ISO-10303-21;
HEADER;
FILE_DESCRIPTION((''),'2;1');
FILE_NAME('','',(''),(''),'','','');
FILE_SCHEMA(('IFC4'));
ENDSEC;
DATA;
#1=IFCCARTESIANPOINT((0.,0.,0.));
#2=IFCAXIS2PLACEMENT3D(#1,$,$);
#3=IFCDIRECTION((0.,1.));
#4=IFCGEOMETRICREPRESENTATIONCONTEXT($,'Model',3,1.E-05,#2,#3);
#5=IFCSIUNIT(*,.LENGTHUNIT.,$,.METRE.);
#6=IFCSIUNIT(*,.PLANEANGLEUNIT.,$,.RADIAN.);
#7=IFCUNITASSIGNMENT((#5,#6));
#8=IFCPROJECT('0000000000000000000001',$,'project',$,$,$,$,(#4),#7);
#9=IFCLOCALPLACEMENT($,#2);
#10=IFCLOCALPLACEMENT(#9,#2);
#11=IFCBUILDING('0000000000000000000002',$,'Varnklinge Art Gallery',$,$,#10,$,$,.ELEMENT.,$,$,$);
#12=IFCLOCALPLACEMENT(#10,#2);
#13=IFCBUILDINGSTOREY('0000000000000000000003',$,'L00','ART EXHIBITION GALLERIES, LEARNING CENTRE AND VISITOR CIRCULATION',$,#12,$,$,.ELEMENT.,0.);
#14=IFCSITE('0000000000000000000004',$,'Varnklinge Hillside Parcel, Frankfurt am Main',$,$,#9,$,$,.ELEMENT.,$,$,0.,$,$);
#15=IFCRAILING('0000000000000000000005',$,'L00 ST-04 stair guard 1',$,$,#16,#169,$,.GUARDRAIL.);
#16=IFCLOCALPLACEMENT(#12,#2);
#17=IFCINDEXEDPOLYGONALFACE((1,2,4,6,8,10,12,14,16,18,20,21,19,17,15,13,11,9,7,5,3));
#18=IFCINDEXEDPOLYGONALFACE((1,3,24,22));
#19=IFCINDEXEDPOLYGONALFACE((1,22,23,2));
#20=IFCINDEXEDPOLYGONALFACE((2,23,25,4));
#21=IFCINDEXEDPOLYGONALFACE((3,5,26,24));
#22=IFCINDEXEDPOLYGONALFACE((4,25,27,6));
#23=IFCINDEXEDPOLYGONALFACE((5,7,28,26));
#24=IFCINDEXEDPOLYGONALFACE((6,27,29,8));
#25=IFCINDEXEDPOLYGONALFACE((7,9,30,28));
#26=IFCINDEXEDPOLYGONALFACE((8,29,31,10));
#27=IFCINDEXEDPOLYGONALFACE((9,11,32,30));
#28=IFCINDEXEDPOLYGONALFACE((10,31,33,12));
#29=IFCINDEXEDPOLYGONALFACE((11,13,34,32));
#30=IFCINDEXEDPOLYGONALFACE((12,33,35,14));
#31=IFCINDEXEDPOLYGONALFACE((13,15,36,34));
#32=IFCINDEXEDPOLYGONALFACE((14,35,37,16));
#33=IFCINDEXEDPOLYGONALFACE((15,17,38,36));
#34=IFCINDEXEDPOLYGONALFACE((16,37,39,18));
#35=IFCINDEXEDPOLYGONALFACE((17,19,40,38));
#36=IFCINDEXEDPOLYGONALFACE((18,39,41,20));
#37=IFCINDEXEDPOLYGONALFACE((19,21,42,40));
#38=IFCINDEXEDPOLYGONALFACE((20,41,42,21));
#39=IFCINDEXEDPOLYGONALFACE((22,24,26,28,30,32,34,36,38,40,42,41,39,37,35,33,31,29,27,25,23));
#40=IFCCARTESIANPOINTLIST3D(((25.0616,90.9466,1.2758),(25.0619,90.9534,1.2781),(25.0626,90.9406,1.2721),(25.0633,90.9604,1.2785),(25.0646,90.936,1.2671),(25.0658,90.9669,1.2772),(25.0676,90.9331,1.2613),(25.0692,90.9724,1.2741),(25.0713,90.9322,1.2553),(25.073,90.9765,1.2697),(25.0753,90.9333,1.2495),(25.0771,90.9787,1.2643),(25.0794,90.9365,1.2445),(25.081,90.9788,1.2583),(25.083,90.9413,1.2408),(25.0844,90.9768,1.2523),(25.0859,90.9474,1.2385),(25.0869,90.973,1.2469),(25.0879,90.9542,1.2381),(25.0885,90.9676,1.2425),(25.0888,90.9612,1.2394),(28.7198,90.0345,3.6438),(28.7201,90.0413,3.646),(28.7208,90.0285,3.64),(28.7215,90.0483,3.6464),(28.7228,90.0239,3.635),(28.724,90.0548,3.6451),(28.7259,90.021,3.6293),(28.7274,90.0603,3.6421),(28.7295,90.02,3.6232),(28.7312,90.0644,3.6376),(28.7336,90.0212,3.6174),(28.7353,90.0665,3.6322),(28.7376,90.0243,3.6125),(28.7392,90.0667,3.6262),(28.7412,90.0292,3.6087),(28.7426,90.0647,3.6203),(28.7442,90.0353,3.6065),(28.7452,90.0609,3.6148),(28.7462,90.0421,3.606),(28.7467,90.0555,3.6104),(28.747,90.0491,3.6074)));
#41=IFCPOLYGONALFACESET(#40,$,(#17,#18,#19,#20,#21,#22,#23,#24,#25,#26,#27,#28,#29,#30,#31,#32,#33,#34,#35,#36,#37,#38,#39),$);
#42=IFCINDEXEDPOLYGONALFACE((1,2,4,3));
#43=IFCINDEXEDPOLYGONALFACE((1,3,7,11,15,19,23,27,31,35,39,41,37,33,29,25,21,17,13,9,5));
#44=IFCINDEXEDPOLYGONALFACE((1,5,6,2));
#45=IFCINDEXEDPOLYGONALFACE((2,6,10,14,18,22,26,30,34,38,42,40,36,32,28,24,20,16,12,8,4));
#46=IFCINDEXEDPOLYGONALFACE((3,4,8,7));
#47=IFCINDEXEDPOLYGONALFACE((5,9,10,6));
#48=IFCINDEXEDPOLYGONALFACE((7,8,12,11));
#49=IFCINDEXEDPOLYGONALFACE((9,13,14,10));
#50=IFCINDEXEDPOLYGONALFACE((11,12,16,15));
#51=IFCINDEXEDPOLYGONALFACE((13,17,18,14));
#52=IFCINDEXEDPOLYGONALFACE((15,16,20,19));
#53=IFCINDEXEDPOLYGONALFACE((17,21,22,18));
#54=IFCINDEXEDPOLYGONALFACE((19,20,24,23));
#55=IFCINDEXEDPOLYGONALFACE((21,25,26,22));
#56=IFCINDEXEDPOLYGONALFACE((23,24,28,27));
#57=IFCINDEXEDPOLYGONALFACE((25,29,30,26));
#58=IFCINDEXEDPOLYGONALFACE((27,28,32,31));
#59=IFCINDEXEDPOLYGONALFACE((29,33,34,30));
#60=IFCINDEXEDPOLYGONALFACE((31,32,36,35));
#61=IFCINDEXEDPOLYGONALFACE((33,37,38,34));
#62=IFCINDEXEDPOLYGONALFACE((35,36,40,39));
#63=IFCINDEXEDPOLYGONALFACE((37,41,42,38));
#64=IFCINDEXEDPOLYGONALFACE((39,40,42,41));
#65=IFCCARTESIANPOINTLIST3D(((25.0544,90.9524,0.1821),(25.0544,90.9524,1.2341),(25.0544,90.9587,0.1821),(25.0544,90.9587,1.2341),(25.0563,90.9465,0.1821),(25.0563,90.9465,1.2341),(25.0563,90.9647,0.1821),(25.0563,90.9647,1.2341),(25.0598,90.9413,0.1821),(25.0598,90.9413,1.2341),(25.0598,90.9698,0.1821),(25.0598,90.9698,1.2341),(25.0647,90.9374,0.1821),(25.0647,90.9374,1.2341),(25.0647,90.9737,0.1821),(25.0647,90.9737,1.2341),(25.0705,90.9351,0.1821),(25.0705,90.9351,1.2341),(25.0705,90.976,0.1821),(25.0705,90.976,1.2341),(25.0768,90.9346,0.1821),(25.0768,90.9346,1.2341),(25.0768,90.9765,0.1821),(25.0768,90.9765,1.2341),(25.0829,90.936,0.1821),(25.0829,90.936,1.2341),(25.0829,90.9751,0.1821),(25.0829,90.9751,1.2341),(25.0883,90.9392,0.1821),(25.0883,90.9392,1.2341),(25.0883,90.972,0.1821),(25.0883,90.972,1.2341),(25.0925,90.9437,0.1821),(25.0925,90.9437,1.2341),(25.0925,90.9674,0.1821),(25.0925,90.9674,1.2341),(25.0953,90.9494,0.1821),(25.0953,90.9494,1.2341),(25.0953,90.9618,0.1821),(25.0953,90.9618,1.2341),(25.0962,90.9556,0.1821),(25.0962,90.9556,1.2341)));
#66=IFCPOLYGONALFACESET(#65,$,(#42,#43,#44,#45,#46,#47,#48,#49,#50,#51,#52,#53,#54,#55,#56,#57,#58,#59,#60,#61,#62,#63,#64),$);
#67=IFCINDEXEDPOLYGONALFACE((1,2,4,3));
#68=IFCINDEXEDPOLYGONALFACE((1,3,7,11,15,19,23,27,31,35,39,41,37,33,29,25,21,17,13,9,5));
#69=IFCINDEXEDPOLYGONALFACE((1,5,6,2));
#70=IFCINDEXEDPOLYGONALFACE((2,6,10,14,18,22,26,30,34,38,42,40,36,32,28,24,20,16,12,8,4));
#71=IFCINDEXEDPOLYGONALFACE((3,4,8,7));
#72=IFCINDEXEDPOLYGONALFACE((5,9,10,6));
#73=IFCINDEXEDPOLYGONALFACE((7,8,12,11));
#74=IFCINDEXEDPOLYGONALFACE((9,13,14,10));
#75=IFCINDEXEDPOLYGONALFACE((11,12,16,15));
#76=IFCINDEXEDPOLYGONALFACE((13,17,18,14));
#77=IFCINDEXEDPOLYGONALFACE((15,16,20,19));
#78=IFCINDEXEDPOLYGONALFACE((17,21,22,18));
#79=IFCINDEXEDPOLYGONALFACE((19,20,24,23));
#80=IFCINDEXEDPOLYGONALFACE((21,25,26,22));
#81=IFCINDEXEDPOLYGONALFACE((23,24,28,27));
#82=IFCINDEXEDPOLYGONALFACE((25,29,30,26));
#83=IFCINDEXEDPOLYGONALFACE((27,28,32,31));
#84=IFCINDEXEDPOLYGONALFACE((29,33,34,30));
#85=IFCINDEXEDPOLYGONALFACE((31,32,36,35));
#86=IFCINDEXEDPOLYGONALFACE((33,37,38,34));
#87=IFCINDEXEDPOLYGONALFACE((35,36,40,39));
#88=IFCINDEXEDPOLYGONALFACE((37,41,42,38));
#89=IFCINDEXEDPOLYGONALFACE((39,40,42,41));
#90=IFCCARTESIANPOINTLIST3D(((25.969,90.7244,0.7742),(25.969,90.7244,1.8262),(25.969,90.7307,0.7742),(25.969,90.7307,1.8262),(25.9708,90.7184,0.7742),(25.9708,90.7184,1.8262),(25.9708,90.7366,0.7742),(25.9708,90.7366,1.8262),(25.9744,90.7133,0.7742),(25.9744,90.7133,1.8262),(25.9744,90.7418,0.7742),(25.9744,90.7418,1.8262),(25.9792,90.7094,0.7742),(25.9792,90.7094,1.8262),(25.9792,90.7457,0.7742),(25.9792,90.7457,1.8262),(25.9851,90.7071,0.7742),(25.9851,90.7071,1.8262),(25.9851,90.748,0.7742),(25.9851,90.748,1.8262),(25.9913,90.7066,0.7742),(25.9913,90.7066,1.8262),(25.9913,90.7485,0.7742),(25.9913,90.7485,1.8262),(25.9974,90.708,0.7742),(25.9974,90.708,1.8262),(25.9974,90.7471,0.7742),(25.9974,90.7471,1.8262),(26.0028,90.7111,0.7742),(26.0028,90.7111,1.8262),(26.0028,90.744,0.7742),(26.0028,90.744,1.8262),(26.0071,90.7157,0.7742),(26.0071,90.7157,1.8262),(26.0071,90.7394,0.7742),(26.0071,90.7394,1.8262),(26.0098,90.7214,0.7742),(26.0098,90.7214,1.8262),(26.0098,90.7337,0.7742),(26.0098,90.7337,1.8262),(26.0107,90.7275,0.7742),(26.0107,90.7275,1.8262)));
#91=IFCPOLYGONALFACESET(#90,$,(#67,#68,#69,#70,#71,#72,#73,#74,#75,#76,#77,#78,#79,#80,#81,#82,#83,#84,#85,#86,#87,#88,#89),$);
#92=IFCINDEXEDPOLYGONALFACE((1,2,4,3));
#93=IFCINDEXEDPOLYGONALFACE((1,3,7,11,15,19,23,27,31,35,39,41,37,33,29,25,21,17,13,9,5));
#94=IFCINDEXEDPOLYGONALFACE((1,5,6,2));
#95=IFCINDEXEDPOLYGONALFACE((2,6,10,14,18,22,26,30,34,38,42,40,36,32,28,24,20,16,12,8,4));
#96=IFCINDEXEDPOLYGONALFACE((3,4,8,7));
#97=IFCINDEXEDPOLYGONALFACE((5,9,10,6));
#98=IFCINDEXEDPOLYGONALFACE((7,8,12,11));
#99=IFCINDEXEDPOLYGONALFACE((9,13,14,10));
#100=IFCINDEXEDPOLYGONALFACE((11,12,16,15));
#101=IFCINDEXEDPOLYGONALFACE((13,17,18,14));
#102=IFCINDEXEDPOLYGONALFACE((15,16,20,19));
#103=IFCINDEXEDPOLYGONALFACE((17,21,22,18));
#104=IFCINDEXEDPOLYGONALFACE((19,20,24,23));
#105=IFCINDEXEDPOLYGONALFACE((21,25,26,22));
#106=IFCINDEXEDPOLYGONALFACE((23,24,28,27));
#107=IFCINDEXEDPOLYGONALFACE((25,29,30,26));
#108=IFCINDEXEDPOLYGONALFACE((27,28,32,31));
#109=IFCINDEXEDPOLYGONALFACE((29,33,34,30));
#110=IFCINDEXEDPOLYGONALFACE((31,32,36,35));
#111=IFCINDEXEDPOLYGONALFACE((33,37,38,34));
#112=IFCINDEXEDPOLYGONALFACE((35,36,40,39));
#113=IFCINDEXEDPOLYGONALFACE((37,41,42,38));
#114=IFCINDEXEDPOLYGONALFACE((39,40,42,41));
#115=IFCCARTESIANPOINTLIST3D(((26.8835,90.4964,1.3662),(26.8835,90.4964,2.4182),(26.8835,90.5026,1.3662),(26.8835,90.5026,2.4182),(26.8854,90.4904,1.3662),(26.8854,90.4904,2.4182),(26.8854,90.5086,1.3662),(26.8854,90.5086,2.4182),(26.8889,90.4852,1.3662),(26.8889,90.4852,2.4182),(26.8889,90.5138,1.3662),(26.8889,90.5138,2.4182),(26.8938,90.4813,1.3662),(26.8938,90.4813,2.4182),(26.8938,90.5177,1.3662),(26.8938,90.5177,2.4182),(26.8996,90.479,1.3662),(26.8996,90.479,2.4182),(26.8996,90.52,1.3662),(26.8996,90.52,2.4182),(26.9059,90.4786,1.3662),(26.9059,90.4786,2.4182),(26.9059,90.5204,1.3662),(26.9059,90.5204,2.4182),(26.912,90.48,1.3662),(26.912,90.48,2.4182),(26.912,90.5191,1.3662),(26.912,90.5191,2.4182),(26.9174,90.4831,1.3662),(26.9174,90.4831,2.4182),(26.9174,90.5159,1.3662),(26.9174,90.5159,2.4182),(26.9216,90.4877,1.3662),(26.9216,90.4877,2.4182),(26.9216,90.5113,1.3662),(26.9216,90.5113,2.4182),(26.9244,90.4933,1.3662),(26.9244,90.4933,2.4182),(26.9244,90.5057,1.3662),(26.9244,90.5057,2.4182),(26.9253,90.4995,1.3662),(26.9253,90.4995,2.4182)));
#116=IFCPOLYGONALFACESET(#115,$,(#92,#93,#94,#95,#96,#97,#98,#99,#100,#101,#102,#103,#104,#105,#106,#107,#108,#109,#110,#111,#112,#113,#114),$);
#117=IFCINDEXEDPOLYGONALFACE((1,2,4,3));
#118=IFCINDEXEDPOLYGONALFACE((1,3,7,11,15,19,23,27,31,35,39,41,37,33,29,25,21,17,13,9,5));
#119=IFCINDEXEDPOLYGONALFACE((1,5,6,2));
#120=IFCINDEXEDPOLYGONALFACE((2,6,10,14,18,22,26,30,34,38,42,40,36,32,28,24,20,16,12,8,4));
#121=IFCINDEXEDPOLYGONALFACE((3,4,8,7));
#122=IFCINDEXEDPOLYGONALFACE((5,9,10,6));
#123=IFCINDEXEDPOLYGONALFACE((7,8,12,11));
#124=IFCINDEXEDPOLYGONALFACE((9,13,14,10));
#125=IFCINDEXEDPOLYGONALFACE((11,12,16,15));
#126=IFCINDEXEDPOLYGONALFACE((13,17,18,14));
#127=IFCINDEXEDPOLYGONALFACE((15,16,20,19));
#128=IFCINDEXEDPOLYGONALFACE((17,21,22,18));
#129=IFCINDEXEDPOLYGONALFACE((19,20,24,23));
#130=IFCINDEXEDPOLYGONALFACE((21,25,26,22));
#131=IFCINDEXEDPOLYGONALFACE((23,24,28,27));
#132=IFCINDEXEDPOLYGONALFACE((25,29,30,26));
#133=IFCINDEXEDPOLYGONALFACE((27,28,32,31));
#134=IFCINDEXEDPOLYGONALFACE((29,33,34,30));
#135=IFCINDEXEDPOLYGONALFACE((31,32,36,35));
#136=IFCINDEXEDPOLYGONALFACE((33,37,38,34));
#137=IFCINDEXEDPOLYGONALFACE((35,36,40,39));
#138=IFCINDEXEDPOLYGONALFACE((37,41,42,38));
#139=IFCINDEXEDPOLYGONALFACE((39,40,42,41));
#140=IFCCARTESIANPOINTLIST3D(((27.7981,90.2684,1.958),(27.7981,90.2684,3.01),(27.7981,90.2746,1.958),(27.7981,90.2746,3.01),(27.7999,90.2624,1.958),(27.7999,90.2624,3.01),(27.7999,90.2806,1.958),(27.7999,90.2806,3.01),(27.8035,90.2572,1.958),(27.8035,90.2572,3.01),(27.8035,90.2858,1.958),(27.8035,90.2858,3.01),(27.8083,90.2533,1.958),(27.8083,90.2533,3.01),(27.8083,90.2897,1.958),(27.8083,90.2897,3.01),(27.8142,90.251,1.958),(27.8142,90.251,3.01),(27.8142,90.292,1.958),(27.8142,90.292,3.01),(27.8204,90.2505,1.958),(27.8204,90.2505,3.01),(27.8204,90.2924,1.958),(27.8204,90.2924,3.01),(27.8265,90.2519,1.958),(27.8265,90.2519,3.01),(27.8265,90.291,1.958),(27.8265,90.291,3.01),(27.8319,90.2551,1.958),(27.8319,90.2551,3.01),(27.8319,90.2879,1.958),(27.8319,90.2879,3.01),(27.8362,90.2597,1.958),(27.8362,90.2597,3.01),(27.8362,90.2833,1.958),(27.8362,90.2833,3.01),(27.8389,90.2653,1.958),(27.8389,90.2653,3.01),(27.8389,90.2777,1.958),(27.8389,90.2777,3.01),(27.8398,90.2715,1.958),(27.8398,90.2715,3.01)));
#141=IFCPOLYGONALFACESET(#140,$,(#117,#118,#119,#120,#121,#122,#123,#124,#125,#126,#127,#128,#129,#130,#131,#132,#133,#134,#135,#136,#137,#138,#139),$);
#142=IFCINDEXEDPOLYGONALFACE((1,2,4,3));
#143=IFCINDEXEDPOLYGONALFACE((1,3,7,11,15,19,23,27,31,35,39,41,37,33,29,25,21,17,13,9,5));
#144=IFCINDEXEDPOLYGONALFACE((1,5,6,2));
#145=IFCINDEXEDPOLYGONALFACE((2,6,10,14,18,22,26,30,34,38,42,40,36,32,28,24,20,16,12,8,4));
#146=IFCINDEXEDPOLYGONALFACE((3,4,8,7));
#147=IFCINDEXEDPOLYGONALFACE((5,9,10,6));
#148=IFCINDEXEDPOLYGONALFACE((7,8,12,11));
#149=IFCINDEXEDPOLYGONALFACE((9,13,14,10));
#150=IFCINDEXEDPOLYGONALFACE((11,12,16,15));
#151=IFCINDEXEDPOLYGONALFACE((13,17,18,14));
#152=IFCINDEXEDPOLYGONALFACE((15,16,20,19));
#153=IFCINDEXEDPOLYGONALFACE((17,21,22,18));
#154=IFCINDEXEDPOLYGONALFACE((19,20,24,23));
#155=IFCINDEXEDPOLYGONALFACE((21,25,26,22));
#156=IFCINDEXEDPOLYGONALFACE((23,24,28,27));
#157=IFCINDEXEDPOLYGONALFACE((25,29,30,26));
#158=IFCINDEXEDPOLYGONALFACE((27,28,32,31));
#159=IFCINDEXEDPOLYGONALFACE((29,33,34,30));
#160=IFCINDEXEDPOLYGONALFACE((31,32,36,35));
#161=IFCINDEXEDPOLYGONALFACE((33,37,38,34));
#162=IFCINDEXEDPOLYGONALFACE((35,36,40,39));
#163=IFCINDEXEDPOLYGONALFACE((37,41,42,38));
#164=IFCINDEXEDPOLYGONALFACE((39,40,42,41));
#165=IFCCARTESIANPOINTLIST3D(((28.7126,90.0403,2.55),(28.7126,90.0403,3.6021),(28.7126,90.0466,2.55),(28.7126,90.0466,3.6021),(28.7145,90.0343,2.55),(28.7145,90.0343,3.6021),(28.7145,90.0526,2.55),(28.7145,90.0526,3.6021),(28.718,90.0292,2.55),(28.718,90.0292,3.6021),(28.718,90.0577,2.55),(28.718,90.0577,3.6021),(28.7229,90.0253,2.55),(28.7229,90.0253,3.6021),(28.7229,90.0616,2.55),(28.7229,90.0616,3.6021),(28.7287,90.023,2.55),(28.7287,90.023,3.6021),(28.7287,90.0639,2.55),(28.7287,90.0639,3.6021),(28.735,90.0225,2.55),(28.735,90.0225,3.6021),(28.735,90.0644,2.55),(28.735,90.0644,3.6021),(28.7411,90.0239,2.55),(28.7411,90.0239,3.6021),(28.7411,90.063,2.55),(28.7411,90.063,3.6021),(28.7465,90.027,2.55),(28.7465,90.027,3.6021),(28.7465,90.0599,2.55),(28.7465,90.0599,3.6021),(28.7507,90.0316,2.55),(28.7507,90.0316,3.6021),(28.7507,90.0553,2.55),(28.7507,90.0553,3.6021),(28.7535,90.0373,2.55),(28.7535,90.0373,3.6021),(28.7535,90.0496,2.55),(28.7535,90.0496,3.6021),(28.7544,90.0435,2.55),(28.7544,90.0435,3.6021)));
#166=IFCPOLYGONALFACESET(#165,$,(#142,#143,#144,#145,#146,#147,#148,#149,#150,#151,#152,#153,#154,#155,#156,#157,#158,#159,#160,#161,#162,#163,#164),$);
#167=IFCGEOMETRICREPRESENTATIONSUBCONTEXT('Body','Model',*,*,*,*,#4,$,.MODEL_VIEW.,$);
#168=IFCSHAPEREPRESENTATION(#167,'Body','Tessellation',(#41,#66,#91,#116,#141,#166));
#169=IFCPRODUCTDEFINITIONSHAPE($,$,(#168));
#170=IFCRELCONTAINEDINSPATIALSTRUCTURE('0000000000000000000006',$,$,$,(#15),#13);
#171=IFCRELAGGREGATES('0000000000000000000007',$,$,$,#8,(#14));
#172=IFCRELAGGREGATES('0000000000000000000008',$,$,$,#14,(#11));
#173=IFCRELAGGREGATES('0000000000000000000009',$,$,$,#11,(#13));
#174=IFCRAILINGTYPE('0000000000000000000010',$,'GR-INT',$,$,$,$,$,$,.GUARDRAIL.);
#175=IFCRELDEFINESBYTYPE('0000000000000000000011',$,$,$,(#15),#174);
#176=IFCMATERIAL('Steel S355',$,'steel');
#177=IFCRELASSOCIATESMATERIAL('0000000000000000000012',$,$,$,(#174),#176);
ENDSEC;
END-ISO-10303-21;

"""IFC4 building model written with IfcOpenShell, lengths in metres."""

from ifc_helpers import new_model, si_unit, direction, frame, origin, origin_2d, place, context, subcontext, project, spatial, circle, extrude, material, type_object, element, save


model = new_model("IFC4")

# Units and contexts
model_context = context("Model", 3, precision=1e-05, world=origin(), true_north=direction((0.0, 1.0)))
body_context = subcontext(model_context, "Body", "Model", "MODEL_VIEW")
ifc_project = project(units=[si_unit("LENGTHUNIT", "METRE"), si_unit("PLANEANGLEUNIT", "RADIAN")], contexts=[model_context])

# Site, building, storey
site_placement = place(None, origin())
site = spatial("IfcSite", under=ifc_project, at=site_placement, Name="Varnklinge Hillside Parcel, Frankfurt am Main", CompositionType="ELEMENT", RefElevation=0.0)
building_placement = place(site_placement, origin())
building = spatial("IfcBuilding", under=site, at=building_placement, Name="Varnklinge Art Gallery", CompositionType="ELEMENT")
storey_placement = place(building_placement, origin())
storey = spatial("IfcBuildingStorey", under=building, at=storey_placement, Name="L00", Description="ART EXHIBITION GALLERIES, LEARNING CENTRE AND VISITOR CIRCULATION", CompositionType="ELEMENT", Elevation=0.0)

# Railing
ifc_material_1 = material(Name="Steel S355", Category="steel")
railing_type_1 = type_object("IfcRailingType", Name="GR-INT", PredefinedType="GUARDRAIL", material=ifc_material_1)
railing_1_placement = place(storey_placement, frame((25.0752, 90.9556, 0.1821)))
element("IfcRailing", 1, at=railing_1_placement, inside=storey, type_object=railing_type_1, Name="L00 ST-04 stair guard 1", PredefinedType="GUARDRAIL", context=body_context, shape_type="SweptSolid", body=[
    extrude(circle(Radius=0.0239, at=origin_2d()), frame((0.0, 0.0, 1.0762), z_axis=(0.821675, -0.20487, 0.531863), x_axis=(0.241926, 0.970295, 0.0)), (0.0, 0.0, 1.0), 4.4521),
    extrude(circle(Radius=0.021, at=origin_2d()), origin(), (0.0, 0.0, 1.0), 1.052),
    extrude(circle(Radius=0.021, at=origin_2d()), frame((0.9146, -0.228, 0.592)), (0.0, 0.0, 1.0), 1.052),
    extrude(circle(Radius=0.021, at=origin_2d()), frame((1.8291, -0.4561, 1.1841)), (0.0, 0.0, 1.0), 1.052),
    extrude(circle(Radius=0.021, at=origin_2d()), frame((2.7437, -0.6841, 1.7759)), (0.0, 0.0, 1.0), 1.052),
    extrude(circle(Radius=0.021, at=origin_2d()), frame((3.6582, -0.9121, 2.3679)), (0.0, 0.0, 1.0), 1.052),
])

save(model, "model.ifc")
